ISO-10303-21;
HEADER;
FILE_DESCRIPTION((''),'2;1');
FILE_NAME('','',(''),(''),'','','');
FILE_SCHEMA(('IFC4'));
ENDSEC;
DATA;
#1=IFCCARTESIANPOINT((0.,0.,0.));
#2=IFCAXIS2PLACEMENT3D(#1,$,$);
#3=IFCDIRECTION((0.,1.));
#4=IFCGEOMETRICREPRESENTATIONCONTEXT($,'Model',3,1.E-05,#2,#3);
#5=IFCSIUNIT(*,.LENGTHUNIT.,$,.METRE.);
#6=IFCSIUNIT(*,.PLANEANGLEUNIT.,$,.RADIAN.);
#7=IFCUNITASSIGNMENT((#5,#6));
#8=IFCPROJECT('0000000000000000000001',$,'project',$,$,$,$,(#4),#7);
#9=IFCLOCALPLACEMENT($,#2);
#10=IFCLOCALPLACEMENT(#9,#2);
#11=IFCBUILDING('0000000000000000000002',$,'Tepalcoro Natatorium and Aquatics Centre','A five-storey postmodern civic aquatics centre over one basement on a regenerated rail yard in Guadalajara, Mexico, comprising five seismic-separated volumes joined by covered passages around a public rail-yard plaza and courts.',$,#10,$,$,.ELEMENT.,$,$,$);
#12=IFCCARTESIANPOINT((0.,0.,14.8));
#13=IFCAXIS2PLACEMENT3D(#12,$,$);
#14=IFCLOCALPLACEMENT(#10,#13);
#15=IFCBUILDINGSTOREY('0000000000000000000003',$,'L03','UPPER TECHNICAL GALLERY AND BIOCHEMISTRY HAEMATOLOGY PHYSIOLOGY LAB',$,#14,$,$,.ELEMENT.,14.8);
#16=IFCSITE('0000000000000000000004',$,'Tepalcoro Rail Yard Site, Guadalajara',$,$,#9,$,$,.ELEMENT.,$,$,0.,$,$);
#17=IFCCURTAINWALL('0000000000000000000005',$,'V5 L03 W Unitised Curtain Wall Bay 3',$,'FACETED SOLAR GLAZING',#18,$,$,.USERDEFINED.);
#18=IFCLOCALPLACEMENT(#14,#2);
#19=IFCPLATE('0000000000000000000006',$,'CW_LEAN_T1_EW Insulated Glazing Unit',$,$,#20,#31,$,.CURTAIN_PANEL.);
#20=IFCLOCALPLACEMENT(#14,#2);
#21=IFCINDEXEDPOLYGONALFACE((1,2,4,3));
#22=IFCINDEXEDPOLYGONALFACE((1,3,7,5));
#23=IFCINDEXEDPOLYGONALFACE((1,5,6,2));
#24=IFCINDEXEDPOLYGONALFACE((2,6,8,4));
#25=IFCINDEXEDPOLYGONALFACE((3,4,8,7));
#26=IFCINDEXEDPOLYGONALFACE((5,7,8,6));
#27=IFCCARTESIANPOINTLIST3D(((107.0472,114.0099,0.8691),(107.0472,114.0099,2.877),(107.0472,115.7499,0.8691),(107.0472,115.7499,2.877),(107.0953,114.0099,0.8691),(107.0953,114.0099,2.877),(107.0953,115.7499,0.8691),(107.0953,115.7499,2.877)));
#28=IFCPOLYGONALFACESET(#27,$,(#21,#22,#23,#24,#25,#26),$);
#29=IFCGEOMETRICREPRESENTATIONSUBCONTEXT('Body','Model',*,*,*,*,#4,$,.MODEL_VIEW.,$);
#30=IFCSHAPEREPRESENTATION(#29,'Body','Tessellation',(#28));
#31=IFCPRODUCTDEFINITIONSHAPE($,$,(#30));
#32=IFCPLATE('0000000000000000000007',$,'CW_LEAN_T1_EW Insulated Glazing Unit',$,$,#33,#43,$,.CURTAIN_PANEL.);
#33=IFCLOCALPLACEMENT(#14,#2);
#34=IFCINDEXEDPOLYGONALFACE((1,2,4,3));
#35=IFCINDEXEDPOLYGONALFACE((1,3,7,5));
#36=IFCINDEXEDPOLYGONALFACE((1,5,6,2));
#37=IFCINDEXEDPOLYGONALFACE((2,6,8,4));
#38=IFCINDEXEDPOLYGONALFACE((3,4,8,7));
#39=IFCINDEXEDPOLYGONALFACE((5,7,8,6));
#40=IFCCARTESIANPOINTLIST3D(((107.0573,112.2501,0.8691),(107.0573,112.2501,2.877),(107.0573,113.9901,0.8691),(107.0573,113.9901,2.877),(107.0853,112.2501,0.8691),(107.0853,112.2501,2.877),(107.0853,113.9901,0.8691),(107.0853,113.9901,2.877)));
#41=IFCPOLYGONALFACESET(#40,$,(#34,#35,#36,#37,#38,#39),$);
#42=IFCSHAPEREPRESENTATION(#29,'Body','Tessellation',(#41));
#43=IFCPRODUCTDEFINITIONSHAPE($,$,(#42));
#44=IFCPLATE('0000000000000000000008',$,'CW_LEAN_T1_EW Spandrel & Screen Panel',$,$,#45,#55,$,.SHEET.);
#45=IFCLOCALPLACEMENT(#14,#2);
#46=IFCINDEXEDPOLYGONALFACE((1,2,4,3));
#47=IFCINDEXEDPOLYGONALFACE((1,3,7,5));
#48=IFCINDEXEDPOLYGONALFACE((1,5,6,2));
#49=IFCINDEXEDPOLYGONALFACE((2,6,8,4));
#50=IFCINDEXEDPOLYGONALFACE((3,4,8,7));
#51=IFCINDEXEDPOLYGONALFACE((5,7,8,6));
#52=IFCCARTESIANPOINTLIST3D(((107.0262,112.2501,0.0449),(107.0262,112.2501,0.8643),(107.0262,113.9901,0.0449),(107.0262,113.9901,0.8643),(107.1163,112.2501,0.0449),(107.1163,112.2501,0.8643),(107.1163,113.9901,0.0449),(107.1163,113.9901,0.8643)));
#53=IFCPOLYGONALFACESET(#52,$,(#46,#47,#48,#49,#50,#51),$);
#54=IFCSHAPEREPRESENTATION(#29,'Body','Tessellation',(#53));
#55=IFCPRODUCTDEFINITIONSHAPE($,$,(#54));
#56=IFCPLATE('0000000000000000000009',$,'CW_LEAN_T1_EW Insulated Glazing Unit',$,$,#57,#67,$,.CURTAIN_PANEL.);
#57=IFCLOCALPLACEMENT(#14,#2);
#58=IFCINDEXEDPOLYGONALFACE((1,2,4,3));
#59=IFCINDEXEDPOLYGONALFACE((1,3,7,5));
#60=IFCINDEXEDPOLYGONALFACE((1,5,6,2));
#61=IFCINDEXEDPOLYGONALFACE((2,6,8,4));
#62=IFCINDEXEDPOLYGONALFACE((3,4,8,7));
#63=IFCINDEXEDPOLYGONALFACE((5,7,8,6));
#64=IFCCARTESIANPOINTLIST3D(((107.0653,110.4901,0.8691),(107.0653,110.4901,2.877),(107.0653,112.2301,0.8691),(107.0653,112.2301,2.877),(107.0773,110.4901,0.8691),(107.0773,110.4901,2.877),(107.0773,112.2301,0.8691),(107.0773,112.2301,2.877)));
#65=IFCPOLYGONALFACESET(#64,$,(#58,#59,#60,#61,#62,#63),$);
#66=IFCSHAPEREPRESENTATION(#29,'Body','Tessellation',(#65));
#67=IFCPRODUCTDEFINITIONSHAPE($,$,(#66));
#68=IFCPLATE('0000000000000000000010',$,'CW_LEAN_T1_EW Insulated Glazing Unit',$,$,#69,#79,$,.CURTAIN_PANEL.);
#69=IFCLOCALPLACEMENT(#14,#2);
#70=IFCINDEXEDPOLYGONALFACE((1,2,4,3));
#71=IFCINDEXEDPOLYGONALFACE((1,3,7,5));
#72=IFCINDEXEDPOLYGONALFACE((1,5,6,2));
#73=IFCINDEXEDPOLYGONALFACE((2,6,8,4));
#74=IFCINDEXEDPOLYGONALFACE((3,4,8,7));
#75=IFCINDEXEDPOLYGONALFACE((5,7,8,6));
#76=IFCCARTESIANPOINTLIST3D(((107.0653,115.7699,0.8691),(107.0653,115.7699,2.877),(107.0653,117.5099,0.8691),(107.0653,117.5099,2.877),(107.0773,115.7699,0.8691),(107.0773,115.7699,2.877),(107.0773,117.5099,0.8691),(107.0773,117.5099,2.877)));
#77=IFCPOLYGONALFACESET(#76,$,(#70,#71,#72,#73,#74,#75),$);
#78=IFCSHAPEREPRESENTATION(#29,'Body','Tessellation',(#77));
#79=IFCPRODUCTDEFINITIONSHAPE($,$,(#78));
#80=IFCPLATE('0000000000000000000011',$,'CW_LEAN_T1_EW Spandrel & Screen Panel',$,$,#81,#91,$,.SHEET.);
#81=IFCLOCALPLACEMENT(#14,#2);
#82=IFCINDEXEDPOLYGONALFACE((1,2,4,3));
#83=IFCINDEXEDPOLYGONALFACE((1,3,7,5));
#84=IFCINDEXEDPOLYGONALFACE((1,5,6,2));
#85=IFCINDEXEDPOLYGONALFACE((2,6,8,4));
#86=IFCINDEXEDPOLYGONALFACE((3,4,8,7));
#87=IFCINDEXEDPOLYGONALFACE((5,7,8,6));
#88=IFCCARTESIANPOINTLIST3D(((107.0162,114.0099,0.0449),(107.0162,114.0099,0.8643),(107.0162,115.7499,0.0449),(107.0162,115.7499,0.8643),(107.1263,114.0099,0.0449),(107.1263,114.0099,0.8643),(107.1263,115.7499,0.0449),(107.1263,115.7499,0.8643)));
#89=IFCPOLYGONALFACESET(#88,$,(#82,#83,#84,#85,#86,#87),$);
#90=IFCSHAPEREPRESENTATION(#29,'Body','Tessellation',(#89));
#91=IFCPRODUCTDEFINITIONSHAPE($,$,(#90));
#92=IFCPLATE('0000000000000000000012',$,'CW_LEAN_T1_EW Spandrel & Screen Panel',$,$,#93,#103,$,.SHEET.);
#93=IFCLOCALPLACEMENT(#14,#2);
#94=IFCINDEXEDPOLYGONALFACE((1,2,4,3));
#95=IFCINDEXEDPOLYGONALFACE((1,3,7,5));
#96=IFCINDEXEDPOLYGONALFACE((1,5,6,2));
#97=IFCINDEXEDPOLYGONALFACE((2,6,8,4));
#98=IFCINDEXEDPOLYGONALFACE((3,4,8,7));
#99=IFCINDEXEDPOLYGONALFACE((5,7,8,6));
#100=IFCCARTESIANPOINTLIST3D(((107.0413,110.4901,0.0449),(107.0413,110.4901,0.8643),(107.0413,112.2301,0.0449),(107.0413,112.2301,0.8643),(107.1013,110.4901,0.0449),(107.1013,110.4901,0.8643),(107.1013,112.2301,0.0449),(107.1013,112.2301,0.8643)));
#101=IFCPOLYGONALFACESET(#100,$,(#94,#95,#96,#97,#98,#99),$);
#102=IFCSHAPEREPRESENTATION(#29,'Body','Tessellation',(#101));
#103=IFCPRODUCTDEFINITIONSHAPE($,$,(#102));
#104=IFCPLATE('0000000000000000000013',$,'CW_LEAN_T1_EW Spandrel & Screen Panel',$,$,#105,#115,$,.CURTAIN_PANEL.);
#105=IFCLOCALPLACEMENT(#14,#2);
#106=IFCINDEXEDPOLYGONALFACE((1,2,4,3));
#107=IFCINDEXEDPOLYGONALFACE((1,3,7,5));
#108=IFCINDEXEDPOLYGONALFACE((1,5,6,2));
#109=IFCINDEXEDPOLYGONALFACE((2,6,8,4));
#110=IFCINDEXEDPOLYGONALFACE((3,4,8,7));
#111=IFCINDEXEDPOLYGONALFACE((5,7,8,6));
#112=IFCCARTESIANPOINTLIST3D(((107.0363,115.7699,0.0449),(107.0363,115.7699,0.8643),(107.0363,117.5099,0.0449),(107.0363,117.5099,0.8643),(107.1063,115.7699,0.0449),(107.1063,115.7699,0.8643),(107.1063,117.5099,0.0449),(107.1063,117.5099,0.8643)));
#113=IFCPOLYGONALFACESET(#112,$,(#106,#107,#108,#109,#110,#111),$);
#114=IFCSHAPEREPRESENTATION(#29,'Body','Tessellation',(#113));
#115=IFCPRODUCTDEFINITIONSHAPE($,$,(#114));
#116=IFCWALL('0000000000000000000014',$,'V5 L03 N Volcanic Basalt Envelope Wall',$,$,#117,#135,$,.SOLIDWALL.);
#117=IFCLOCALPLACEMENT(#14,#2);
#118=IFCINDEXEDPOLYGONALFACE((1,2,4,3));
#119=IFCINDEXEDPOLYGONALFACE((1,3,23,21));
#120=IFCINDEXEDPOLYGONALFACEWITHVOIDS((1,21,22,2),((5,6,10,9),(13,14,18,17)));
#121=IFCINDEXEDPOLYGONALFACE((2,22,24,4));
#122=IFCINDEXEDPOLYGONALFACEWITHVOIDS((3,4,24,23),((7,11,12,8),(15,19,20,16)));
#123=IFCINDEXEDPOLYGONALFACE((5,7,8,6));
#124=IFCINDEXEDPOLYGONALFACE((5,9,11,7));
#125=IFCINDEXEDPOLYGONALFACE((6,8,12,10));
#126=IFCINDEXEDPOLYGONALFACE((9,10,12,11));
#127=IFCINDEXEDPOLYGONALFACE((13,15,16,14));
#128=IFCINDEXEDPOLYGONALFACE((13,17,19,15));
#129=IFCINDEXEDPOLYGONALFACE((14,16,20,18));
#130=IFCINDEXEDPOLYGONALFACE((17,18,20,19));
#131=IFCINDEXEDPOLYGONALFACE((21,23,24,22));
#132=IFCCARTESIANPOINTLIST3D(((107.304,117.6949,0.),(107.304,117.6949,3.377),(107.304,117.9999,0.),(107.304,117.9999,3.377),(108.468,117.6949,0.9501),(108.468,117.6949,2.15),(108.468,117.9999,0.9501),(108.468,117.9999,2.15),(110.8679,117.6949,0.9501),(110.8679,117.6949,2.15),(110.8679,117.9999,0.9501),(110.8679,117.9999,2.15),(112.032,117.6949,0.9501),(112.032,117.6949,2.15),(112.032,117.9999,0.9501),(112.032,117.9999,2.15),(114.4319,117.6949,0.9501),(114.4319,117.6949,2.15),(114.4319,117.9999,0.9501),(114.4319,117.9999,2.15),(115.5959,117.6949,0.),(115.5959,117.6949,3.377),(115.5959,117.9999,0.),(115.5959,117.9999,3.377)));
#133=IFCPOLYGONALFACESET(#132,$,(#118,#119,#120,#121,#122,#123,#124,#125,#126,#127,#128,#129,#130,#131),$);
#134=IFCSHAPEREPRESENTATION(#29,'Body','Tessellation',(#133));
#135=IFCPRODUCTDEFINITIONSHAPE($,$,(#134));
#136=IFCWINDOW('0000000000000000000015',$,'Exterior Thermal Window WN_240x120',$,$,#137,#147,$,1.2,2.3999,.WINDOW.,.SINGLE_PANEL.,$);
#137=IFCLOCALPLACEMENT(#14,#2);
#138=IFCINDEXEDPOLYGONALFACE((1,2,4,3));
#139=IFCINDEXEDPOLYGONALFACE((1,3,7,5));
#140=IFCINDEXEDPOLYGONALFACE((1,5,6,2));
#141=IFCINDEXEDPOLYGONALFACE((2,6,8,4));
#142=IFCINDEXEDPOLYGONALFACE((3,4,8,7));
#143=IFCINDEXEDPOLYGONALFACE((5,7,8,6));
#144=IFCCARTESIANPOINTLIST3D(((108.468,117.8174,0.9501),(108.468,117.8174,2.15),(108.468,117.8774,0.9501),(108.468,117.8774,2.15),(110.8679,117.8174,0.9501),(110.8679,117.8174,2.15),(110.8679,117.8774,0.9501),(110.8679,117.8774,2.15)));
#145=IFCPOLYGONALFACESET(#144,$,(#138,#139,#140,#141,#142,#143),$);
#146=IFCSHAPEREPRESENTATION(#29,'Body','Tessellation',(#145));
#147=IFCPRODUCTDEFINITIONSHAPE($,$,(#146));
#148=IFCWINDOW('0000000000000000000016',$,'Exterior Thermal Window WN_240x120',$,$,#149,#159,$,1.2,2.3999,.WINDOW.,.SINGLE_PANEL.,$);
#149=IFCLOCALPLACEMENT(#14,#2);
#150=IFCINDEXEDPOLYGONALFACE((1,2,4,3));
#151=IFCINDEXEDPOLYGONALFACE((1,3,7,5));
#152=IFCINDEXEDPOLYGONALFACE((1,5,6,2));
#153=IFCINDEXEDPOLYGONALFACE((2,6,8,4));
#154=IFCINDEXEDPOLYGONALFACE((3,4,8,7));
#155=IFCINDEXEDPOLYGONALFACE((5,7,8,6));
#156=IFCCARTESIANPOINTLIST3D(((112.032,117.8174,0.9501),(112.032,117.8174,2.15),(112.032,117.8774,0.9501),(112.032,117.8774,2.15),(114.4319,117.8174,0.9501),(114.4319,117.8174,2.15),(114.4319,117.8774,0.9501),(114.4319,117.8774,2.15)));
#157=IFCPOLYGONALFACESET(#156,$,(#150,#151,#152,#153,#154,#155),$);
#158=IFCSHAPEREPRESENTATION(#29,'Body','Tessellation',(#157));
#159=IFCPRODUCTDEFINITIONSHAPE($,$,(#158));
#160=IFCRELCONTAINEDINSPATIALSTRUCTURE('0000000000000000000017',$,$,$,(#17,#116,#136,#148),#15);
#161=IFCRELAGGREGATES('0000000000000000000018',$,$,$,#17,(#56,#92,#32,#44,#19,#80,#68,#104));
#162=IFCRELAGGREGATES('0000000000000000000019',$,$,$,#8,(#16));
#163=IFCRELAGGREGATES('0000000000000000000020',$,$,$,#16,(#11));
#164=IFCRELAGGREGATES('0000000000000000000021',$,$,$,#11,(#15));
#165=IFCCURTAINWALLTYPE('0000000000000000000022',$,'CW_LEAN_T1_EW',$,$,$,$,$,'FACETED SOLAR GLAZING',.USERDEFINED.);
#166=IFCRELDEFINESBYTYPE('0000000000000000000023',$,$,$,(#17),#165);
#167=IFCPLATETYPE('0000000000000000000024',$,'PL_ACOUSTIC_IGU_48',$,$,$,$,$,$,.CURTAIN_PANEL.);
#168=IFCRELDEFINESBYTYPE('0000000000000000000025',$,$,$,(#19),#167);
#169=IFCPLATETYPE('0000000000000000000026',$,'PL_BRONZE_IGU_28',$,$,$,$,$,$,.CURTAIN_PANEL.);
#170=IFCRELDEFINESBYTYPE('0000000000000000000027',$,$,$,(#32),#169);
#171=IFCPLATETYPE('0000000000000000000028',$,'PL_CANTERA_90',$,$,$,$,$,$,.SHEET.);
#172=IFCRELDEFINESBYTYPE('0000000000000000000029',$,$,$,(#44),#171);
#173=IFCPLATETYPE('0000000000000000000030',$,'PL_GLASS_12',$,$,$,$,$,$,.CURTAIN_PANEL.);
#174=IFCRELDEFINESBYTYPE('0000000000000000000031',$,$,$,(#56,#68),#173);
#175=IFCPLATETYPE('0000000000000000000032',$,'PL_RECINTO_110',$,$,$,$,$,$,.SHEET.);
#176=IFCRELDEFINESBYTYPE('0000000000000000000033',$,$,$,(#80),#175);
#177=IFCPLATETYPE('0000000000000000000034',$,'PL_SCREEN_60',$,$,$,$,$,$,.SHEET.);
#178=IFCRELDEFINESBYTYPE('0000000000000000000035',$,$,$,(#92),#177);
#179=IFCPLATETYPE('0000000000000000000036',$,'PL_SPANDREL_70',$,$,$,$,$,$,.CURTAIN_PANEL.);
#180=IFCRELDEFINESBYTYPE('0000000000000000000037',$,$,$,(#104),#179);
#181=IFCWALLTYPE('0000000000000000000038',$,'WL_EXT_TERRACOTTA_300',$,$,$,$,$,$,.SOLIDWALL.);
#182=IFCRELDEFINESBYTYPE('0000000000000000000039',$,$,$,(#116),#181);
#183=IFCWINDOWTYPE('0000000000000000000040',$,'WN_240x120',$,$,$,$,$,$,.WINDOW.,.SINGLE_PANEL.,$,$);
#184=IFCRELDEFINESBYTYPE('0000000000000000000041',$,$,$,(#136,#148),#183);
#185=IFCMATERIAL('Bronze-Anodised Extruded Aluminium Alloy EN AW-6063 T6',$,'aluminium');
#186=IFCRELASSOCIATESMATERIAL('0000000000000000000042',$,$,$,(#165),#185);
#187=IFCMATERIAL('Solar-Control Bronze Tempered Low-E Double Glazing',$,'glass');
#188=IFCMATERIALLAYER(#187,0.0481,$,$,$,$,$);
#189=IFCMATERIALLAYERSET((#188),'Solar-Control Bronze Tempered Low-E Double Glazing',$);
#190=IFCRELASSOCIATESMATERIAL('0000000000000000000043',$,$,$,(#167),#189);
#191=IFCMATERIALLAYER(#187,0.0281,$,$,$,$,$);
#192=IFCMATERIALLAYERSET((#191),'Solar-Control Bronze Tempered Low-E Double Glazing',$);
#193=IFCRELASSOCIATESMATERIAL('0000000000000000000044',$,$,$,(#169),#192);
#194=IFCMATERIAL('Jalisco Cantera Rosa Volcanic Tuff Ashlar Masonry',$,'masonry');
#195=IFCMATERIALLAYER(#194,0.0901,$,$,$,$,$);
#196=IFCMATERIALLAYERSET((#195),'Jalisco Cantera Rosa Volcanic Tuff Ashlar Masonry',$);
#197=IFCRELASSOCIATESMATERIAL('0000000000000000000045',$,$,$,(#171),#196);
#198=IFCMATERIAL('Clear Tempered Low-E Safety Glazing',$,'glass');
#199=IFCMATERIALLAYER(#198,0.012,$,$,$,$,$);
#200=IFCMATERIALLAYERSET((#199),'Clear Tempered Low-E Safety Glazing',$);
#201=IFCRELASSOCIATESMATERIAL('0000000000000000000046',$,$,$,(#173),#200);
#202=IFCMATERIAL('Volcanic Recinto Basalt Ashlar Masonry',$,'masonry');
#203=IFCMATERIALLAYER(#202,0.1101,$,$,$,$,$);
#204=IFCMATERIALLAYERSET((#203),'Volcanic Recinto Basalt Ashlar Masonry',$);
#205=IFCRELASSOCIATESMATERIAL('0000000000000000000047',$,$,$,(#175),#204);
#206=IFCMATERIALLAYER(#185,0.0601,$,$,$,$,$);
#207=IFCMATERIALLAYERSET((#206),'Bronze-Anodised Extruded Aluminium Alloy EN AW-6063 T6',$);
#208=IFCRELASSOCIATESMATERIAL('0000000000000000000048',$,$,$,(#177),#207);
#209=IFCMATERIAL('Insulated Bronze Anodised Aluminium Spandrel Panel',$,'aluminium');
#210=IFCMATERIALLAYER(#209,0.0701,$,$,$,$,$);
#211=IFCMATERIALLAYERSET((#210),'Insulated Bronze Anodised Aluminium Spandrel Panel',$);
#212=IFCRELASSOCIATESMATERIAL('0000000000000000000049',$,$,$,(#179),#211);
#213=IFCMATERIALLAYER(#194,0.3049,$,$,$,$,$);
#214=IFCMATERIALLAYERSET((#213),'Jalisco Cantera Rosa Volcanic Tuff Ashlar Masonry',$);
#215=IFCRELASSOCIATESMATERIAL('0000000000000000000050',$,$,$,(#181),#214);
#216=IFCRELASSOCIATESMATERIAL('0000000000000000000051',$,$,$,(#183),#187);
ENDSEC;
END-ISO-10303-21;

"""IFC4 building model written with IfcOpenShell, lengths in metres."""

from ifc_helpers import new_model, si_unit, direction, frame, frame_2d, origin, origin_2d, place, context, subcontext, project, spatial, rectangle, extrude, material, layer, layer_set, type_object, element, fill, aggregate, save


model = new_model("IFC4")

# Units and contexts
model_context = context("Model", 3, precision=1e-05, world=origin(), true_north=direction((0.0, 1.0)))
body_context = subcontext(model_context, "Body", "Model", "MODEL_VIEW")
ifc_project = project(units=[si_unit("LENGTHUNIT", "METRE"), si_unit("PLANEANGLEUNIT", "RADIAN")], contexts=[model_context])

# Site, building, storey
site_placement = place(None, origin())
site = spatial("IfcSite", under=ifc_project, at=site_placement, Name="Tepalcoro Rail Yard Site, Guadalajara", CompositionType="ELEMENT", RefElevation=0.0)
building_placement = place(site_placement, origin())
building = spatial("IfcBuilding", under=site, at=building_placement, Name="Tepalcoro Natatorium and Aquatics Centre", Description="A five-storey postmodern civic aquatics centre over one basement on a regenerated rail yard in Guadalajara, Mexico, comprising five seismic-separated volumes joined by covered passages around a public rail-yard plaza and courts.", CompositionType="ELEMENT")
storey_placement = place(building_placement, frame((0.0, 0.0, 14.8)))
storey = spatial("IfcBuildingStorey", under=building, at=storey_placement, Name="L03", Description="UPPER TECHNICAL GALLERY AND BIOCHEMISTRY HAEMATOLOGY PHYSIOLOGY LAB", CompositionType="ELEMENT", Elevation=14.8)

# Curtain wall
ifc_material_1 = material(Name="Bronze-Anodised Extruded Aluminium Alloy EN AW-6063 T6", Category="aluminium")
curtain_wall_type = type_object("IfcCurtainWallType", Name="CW_LEAN_T1_EW", ElementType="FACETED SOLAR GLAZING", PredefinedType="USERDEFINED", material=ifc_material_1)
curtain_wall_placement = place(storey_placement, origin())
curtain_wall = element("IfcCurtainWall", 1, at=curtain_wall_placement, inside=storey, type_object=curtain_wall_type, Name="V5 L03 W Unitised Curtain Wall Bay 3", ObjectType="FACETED SOLAR GLAZING", PredefinedType="USERDEFINED")

# Plates
ifc_material_2 = material(Name="Solar-Control Bronze Tempered Low-E Double Glazing", Category="glass")
ifc_layer_1 = layer(ifc_material_2, 0.0481)
ifc_layer_set_1 = layer_set([ifc_layer_1], Name="Solar-Control Bronze Tempered Low-E Double Glazing")
plate_type_1 = type_object("IfcPlateType", Name="PL_ACOUSTIC_IGU_48", PredefinedType="CURTAIN_PANEL", material=ifc_layer_set_1)
plate_1_placement = place(storey_placement, frame((107.0713, 114.8799, 0.8691), z_axis=(0.0, 0.0, 1.0), x_axis=(1.0, 0.0, 0.0)))
plate_1 = element("IfcPlate", 2, at=plate_1_placement, type_object=plate_type_1, Name="CW_LEAN_T1_EW Insulated Glazing Unit", PredefinedType="CURTAIN_PANEL", context=body_context, shape_type="SweptSolid", body=[
    extrude(rectangle(XDim=0.0481, YDim=1.74, at=origin_2d()), origin(), (0.0, 0.0, 1.0), 2.0078),
])
ifc_layer_2 = layer(ifc_material_2, 0.0281)
ifc_layer_set_2 = layer_set([ifc_layer_2], Name="Solar-Control Bronze Tempered Low-E Double Glazing")
plate_type_2 = type_object("IfcPlateType", Name="PL_BRONZE_IGU_28", PredefinedType="CURTAIN_PANEL", material=ifc_layer_set_2)
plate_2_placement = place(storey_placement, frame((107.0713, 113.1201, 0.8691), z_axis=(0.0, 0.0, 1.0), x_axis=(1.0, 0.0, 0.0)))
plate_2 = element("IfcPlate", 3, at=plate_2_placement, type_object=plate_type_2, Name="CW_LEAN_T1_EW Insulated Glazing Unit", PredefinedType="CURTAIN_PANEL", context=body_context, shape_type="SweptSolid", body=[
    extrude(rectangle(XDim=0.0281, YDim=1.74, at=origin_2d()), origin(), (0.0, 0.0, 1.0), 2.0078),
])
ifc_material_3 = material(Name="Jalisco Cantera Rosa Volcanic Tuff Ashlar Masonry", Category="masonry")
ifc_layer_3 = layer(ifc_material_3, 0.0901)
ifc_layer_set_3 = layer_set([ifc_layer_3], Name="Jalisco Cantera Rosa Volcanic Tuff Ashlar Masonry")
plate_type_3 = type_object("IfcPlateType", Name="PL_CANTERA_90", PredefinedType="SHEET", material=ifc_layer_set_3)
plate_3_placement = place(storey_placement, frame((107.0713, 113.1201, 0.0449), z_axis=(0.0, 0.0, 1.0), x_axis=(1.0, 0.0, 0.0)))
plate_3 = element("IfcPlate", 4, at=plate_3_placement, type_object=plate_type_3, Name="CW_LEAN_T1_EW Spandrel & Screen Panel", PredefinedType="SHEET", context=body_context, shape_type="SweptSolid", body=[
    extrude(rectangle(XDim=0.0901, YDim=1.74, at=origin_2d()), origin(), (0.0, 0.0, 1.0), 0.8193),
])
ifc_material_4 = material(Name="Clear Tempered Low-E Safety Glazing", Category="glass")
ifc_layer_4 = layer(ifc_material_4, 0.012)
ifc_layer_set_4 = layer_set([ifc_layer_4], Name="Clear Tempered Low-E Safety Glazing")
plate_type_4 = type_object("IfcPlateType", Name="PL_GLASS_12", PredefinedType="CURTAIN_PANEL", material=ifc_layer_set_4)
plate_4_placement = place(storey_placement, frame((107.0713, 111.3601, 0.8691), z_axis=(0.0, 0.0, 1.0), x_axis=(1.0, 0.0, 0.0)))
plate_4 = element("IfcPlate", 5, at=plate_4_placement, type_object=plate_type_4, Name="CW_LEAN_T1_EW Insulated Glazing Unit", PredefinedType="CURTAIN_PANEL", context=body_context, shape_type="SweptSolid", body=[
    extrude(rectangle(XDim=0.012, YDim=1.74, at=origin_2d()), origin(), (0.0, 0.0, 1.0), 2.0078),
])
plate_5_placement = place(storey_placement, frame((107.0713, 116.6399, 0.8691), z_axis=(0.0, 0.0, 1.0), x_axis=(1.0, 0.0, 0.0)))
plate_5 = element("IfcPlate", 6, at=plate_5_placement, type_object=plate_type_4, Name="CW_LEAN_T1_EW Insulated Glazing Unit", PredefinedType="CURTAIN_PANEL", context=body_context, shape_type="SweptSolid", body=[
    extrude(rectangle(XDim=0.012, YDim=1.74, at=origin_2d()), origin(), (0.0, 0.0, 1.0), 2.0078),
])
ifc_material_5 = material(Name="Volcanic Recinto Basalt Ashlar Masonry", Category="masonry")
ifc_layer_5 = layer(ifc_material_5, 0.1101)
ifc_layer_set_5 = layer_set([ifc_layer_5], Name="Volcanic Recinto Basalt Ashlar Masonry")
plate_type_5 = type_object("IfcPlateType", Name="PL_RECINTO_110", PredefinedType="SHEET", material=ifc_layer_set_5)
plate_6_placement = place(storey_placement, frame((107.0713, 114.8799, 0.0449), z_axis=(0.0, 0.0, 1.0), x_axis=(1.0, 0.0, 0.0)))
plate_6 = element("IfcPlate", 7, at=plate_6_placement, type_object=plate_type_5, Name="CW_LEAN_T1_EW Spandrel & Screen Panel", PredefinedType="SHEET", context=body_context, shape_type="SweptSolid", body=[
    extrude(rectangle(XDim=0.1101, YDim=1.74, at=origin_2d()), origin(), (0.0, 0.0, 1.0), 0.8193),
])
ifc_layer_6 = layer(ifc_material_1, 0.0601)
ifc_layer_set_6 = layer_set([ifc_layer_6], Name="Bronze-Anodised Extruded Aluminium Alloy EN AW-6063 T6")
plate_type_6 = type_object("IfcPlateType", Name="PL_SCREEN_60", PredefinedType="SHEET", material=ifc_layer_set_6)
plate_7_placement = place(storey_placement, frame((107.0713, 111.3601, 0.0449), z_axis=(0.0, 0.0, 1.0), x_axis=(1.0, 0.0, 0.0)))
plate_7 = element("IfcPlate", 8, at=plate_7_placement, type_object=plate_type_6, Name="CW_LEAN_T1_EW Spandrel & Screen Panel", PredefinedType="SHEET", context=body_context, shape_type="SweptSolid", body=[
    extrude(rectangle(XDim=0.0601, YDim=1.74, at=origin_2d()), origin(), (0.0, 0.0, 1.0), 0.8193),
])
ifc_material_6 = material(Name="Insulated Bronze Anodised Aluminium Spandrel Panel", Category="aluminium")
ifc_layer_7 = layer(ifc_material_6, 0.0701)
ifc_layer_set_7 = layer_set([ifc_layer_7], Name="Insulated Bronze Anodised Aluminium Spandrel Panel")
plate_type_7 = type_object("IfcPlateType", Name="PL_SPANDREL_70", PredefinedType="CURTAIN_PANEL", material=ifc_layer_set_7)
plate_8_placement = place(storey_placement, frame((107.0713, 116.6399, 0.0449), z_axis=(0.0, 0.0, 1.0), x_axis=(1.0, 0.0, 0.0)))
plate_8 = element("IfcPlate", 9, at=plate_8_placement, type_object=plate_type_7, Name="CW_LEAN_T1_EW Spandrel & Screen Panel", PredefinedType="CURTAIN_PANEL", context=body_context, shape_type="SweptSolid", body=[
    extrude(rectangle(XDim=0.0701, YDim=1.74, at=origin_2d()), origin(), (0.0, 0.0, 1.0), 0.8193),
])
aggregate(curtain_wall, [plate_4, plate_7, plate_2, plate_3, plate_1, plate_6, plate_5, plate_8])

# Wall, openings, windows
ifc_layer_8 = layer(ifc_material_3, 0.3049)
ifc_layer_set_8 = layer_set([ifc_layer_8], Name="Jalisco Cantera Rosa Volcanic Tuff Ashlar Masonry")
wall_type_1 = type_object("IfcWallType", Name="WL_EXT_TERRACOTTA_300", PredefinedType="SOLIDWALL", material=ifc_layer_set_8)
wall_1_placement = place(storey_placement, frame((107.304, 117.8474, 0.0), z_axis=(0.0, 0.0, 1.0), x_axis=(1.0, 0.0, 0.0)))
wall_1 = element("IfcWall", 10, at=wall_1_placement, inside=storey, type_object=wall_type_1, Name="V5 L03 N Volcanic Basalt Envelope Wall", PredefinedType="SOLIDWALL", context=body_context, shape_type="SweptSolid", body=[
    extrude(rectangle(XDim=8.292, YDim=0.3049, at=frame_2d((4.146, 0.0))), origin(), (0.0, 0.0, 1.0), 3.377),
])
opening_1_placement = place(wall_1_placement, frame((1.1641, 0.0, 0.95)))
opening_1 = element("IfcOpeningElement", 11, at=opening_1_placement, cuts=wall_1, PredefinedType="OPENING", context=body_context, shape_type="SweptSolid", body=[
    extrude(rectangle(XDim=2.3999, YDim=1.2, at=frame_2d((1.2, 0.6001))), frame((0.0, 0.1646, 0.0), z_axis=(0.0, -1.0, 0.0), x_axis=(1.0, 0.0, 0.0)), (0.0, 0.0, 1.0), 0.3289),
])
opening_2_placement = place(wall_1_placement, frame((4.728, 0.0, 0.95)))
opening_2 = element("IfcOpeningElement", 12, at=opening_2_placement, cuts=wall_1, PredefinedType="OPENING", context=body_context, shape_type="SweptSolid", body=[
    extrude(rectangle(XDim=2.3999, YDim=1.2, at=frame_2d((1.2, 0.6001))), frame((0.0, 0.1646, 0.0), z_axis=(0.0, -1.0, 0.0), x_axis=(1.0, 0.0, 0.0)), (0.0, 0.0, 1.0), 0.3289),
])
window_type = type_object("IfcWindowType", Name="WN_240x120", PartitioningType="SINGLE_PANEL", PredefinedType="WINDOW", material=ifc_material_2)
window_1_placement = place(opening_1_placement, origin())
window_1 = element("IfcWindow", 13, at=window_1_placement, inside=storey, type_object=window_type, Name="Exterior Thermal Window WN_240x120", OverallHeight=1.2, OverallWidth=2.3999, PartitioningType="SINGLE_PANEL", PredefinedType="WINDOW", context=body_context, shape_type="SweptSolid", body=[
    extrude(rectangle(XDim=2.3999, YDim=1.2, at=frame_2d((1.2, 0.6001))), frame((0.0, 0.03, 0.0), z_axis=(0.0, -1.0, 0.0), x_axis=(1.0, 0.0, 0.0)), (0.0, 0.0, 1.0), 0.0601),
])
fill(opening_1, window_1)
window_2_placement = place(opening_2_placement, origin())
window_2 = element("IfcWindow", 14, at=window_2_placement, inside=storey, type_object=window_type, Name="Exterior Thermal Window WN_240x120", OverallHeight=1.2, OverallWidth=2.3999, PartitioningType="SINGLE_PANEL", PredefinedType="WINDOW", context=body_context, shape_type="SweptSolid", body=[
    extrude(rectangle(XDim=2.3999, YDim=1.2, at=frame_2d((1.2, 0.6001))), frame((0.0, 0.03, 0.0), z_axis=(0.0, -1.0, 0.0), x_axis=(1.0, 0.0, 0.0)), (0.0, 0.0, 1.0), 0.0601),
])
fill(opening_2, window_2)

save(model, "model.ifc")
